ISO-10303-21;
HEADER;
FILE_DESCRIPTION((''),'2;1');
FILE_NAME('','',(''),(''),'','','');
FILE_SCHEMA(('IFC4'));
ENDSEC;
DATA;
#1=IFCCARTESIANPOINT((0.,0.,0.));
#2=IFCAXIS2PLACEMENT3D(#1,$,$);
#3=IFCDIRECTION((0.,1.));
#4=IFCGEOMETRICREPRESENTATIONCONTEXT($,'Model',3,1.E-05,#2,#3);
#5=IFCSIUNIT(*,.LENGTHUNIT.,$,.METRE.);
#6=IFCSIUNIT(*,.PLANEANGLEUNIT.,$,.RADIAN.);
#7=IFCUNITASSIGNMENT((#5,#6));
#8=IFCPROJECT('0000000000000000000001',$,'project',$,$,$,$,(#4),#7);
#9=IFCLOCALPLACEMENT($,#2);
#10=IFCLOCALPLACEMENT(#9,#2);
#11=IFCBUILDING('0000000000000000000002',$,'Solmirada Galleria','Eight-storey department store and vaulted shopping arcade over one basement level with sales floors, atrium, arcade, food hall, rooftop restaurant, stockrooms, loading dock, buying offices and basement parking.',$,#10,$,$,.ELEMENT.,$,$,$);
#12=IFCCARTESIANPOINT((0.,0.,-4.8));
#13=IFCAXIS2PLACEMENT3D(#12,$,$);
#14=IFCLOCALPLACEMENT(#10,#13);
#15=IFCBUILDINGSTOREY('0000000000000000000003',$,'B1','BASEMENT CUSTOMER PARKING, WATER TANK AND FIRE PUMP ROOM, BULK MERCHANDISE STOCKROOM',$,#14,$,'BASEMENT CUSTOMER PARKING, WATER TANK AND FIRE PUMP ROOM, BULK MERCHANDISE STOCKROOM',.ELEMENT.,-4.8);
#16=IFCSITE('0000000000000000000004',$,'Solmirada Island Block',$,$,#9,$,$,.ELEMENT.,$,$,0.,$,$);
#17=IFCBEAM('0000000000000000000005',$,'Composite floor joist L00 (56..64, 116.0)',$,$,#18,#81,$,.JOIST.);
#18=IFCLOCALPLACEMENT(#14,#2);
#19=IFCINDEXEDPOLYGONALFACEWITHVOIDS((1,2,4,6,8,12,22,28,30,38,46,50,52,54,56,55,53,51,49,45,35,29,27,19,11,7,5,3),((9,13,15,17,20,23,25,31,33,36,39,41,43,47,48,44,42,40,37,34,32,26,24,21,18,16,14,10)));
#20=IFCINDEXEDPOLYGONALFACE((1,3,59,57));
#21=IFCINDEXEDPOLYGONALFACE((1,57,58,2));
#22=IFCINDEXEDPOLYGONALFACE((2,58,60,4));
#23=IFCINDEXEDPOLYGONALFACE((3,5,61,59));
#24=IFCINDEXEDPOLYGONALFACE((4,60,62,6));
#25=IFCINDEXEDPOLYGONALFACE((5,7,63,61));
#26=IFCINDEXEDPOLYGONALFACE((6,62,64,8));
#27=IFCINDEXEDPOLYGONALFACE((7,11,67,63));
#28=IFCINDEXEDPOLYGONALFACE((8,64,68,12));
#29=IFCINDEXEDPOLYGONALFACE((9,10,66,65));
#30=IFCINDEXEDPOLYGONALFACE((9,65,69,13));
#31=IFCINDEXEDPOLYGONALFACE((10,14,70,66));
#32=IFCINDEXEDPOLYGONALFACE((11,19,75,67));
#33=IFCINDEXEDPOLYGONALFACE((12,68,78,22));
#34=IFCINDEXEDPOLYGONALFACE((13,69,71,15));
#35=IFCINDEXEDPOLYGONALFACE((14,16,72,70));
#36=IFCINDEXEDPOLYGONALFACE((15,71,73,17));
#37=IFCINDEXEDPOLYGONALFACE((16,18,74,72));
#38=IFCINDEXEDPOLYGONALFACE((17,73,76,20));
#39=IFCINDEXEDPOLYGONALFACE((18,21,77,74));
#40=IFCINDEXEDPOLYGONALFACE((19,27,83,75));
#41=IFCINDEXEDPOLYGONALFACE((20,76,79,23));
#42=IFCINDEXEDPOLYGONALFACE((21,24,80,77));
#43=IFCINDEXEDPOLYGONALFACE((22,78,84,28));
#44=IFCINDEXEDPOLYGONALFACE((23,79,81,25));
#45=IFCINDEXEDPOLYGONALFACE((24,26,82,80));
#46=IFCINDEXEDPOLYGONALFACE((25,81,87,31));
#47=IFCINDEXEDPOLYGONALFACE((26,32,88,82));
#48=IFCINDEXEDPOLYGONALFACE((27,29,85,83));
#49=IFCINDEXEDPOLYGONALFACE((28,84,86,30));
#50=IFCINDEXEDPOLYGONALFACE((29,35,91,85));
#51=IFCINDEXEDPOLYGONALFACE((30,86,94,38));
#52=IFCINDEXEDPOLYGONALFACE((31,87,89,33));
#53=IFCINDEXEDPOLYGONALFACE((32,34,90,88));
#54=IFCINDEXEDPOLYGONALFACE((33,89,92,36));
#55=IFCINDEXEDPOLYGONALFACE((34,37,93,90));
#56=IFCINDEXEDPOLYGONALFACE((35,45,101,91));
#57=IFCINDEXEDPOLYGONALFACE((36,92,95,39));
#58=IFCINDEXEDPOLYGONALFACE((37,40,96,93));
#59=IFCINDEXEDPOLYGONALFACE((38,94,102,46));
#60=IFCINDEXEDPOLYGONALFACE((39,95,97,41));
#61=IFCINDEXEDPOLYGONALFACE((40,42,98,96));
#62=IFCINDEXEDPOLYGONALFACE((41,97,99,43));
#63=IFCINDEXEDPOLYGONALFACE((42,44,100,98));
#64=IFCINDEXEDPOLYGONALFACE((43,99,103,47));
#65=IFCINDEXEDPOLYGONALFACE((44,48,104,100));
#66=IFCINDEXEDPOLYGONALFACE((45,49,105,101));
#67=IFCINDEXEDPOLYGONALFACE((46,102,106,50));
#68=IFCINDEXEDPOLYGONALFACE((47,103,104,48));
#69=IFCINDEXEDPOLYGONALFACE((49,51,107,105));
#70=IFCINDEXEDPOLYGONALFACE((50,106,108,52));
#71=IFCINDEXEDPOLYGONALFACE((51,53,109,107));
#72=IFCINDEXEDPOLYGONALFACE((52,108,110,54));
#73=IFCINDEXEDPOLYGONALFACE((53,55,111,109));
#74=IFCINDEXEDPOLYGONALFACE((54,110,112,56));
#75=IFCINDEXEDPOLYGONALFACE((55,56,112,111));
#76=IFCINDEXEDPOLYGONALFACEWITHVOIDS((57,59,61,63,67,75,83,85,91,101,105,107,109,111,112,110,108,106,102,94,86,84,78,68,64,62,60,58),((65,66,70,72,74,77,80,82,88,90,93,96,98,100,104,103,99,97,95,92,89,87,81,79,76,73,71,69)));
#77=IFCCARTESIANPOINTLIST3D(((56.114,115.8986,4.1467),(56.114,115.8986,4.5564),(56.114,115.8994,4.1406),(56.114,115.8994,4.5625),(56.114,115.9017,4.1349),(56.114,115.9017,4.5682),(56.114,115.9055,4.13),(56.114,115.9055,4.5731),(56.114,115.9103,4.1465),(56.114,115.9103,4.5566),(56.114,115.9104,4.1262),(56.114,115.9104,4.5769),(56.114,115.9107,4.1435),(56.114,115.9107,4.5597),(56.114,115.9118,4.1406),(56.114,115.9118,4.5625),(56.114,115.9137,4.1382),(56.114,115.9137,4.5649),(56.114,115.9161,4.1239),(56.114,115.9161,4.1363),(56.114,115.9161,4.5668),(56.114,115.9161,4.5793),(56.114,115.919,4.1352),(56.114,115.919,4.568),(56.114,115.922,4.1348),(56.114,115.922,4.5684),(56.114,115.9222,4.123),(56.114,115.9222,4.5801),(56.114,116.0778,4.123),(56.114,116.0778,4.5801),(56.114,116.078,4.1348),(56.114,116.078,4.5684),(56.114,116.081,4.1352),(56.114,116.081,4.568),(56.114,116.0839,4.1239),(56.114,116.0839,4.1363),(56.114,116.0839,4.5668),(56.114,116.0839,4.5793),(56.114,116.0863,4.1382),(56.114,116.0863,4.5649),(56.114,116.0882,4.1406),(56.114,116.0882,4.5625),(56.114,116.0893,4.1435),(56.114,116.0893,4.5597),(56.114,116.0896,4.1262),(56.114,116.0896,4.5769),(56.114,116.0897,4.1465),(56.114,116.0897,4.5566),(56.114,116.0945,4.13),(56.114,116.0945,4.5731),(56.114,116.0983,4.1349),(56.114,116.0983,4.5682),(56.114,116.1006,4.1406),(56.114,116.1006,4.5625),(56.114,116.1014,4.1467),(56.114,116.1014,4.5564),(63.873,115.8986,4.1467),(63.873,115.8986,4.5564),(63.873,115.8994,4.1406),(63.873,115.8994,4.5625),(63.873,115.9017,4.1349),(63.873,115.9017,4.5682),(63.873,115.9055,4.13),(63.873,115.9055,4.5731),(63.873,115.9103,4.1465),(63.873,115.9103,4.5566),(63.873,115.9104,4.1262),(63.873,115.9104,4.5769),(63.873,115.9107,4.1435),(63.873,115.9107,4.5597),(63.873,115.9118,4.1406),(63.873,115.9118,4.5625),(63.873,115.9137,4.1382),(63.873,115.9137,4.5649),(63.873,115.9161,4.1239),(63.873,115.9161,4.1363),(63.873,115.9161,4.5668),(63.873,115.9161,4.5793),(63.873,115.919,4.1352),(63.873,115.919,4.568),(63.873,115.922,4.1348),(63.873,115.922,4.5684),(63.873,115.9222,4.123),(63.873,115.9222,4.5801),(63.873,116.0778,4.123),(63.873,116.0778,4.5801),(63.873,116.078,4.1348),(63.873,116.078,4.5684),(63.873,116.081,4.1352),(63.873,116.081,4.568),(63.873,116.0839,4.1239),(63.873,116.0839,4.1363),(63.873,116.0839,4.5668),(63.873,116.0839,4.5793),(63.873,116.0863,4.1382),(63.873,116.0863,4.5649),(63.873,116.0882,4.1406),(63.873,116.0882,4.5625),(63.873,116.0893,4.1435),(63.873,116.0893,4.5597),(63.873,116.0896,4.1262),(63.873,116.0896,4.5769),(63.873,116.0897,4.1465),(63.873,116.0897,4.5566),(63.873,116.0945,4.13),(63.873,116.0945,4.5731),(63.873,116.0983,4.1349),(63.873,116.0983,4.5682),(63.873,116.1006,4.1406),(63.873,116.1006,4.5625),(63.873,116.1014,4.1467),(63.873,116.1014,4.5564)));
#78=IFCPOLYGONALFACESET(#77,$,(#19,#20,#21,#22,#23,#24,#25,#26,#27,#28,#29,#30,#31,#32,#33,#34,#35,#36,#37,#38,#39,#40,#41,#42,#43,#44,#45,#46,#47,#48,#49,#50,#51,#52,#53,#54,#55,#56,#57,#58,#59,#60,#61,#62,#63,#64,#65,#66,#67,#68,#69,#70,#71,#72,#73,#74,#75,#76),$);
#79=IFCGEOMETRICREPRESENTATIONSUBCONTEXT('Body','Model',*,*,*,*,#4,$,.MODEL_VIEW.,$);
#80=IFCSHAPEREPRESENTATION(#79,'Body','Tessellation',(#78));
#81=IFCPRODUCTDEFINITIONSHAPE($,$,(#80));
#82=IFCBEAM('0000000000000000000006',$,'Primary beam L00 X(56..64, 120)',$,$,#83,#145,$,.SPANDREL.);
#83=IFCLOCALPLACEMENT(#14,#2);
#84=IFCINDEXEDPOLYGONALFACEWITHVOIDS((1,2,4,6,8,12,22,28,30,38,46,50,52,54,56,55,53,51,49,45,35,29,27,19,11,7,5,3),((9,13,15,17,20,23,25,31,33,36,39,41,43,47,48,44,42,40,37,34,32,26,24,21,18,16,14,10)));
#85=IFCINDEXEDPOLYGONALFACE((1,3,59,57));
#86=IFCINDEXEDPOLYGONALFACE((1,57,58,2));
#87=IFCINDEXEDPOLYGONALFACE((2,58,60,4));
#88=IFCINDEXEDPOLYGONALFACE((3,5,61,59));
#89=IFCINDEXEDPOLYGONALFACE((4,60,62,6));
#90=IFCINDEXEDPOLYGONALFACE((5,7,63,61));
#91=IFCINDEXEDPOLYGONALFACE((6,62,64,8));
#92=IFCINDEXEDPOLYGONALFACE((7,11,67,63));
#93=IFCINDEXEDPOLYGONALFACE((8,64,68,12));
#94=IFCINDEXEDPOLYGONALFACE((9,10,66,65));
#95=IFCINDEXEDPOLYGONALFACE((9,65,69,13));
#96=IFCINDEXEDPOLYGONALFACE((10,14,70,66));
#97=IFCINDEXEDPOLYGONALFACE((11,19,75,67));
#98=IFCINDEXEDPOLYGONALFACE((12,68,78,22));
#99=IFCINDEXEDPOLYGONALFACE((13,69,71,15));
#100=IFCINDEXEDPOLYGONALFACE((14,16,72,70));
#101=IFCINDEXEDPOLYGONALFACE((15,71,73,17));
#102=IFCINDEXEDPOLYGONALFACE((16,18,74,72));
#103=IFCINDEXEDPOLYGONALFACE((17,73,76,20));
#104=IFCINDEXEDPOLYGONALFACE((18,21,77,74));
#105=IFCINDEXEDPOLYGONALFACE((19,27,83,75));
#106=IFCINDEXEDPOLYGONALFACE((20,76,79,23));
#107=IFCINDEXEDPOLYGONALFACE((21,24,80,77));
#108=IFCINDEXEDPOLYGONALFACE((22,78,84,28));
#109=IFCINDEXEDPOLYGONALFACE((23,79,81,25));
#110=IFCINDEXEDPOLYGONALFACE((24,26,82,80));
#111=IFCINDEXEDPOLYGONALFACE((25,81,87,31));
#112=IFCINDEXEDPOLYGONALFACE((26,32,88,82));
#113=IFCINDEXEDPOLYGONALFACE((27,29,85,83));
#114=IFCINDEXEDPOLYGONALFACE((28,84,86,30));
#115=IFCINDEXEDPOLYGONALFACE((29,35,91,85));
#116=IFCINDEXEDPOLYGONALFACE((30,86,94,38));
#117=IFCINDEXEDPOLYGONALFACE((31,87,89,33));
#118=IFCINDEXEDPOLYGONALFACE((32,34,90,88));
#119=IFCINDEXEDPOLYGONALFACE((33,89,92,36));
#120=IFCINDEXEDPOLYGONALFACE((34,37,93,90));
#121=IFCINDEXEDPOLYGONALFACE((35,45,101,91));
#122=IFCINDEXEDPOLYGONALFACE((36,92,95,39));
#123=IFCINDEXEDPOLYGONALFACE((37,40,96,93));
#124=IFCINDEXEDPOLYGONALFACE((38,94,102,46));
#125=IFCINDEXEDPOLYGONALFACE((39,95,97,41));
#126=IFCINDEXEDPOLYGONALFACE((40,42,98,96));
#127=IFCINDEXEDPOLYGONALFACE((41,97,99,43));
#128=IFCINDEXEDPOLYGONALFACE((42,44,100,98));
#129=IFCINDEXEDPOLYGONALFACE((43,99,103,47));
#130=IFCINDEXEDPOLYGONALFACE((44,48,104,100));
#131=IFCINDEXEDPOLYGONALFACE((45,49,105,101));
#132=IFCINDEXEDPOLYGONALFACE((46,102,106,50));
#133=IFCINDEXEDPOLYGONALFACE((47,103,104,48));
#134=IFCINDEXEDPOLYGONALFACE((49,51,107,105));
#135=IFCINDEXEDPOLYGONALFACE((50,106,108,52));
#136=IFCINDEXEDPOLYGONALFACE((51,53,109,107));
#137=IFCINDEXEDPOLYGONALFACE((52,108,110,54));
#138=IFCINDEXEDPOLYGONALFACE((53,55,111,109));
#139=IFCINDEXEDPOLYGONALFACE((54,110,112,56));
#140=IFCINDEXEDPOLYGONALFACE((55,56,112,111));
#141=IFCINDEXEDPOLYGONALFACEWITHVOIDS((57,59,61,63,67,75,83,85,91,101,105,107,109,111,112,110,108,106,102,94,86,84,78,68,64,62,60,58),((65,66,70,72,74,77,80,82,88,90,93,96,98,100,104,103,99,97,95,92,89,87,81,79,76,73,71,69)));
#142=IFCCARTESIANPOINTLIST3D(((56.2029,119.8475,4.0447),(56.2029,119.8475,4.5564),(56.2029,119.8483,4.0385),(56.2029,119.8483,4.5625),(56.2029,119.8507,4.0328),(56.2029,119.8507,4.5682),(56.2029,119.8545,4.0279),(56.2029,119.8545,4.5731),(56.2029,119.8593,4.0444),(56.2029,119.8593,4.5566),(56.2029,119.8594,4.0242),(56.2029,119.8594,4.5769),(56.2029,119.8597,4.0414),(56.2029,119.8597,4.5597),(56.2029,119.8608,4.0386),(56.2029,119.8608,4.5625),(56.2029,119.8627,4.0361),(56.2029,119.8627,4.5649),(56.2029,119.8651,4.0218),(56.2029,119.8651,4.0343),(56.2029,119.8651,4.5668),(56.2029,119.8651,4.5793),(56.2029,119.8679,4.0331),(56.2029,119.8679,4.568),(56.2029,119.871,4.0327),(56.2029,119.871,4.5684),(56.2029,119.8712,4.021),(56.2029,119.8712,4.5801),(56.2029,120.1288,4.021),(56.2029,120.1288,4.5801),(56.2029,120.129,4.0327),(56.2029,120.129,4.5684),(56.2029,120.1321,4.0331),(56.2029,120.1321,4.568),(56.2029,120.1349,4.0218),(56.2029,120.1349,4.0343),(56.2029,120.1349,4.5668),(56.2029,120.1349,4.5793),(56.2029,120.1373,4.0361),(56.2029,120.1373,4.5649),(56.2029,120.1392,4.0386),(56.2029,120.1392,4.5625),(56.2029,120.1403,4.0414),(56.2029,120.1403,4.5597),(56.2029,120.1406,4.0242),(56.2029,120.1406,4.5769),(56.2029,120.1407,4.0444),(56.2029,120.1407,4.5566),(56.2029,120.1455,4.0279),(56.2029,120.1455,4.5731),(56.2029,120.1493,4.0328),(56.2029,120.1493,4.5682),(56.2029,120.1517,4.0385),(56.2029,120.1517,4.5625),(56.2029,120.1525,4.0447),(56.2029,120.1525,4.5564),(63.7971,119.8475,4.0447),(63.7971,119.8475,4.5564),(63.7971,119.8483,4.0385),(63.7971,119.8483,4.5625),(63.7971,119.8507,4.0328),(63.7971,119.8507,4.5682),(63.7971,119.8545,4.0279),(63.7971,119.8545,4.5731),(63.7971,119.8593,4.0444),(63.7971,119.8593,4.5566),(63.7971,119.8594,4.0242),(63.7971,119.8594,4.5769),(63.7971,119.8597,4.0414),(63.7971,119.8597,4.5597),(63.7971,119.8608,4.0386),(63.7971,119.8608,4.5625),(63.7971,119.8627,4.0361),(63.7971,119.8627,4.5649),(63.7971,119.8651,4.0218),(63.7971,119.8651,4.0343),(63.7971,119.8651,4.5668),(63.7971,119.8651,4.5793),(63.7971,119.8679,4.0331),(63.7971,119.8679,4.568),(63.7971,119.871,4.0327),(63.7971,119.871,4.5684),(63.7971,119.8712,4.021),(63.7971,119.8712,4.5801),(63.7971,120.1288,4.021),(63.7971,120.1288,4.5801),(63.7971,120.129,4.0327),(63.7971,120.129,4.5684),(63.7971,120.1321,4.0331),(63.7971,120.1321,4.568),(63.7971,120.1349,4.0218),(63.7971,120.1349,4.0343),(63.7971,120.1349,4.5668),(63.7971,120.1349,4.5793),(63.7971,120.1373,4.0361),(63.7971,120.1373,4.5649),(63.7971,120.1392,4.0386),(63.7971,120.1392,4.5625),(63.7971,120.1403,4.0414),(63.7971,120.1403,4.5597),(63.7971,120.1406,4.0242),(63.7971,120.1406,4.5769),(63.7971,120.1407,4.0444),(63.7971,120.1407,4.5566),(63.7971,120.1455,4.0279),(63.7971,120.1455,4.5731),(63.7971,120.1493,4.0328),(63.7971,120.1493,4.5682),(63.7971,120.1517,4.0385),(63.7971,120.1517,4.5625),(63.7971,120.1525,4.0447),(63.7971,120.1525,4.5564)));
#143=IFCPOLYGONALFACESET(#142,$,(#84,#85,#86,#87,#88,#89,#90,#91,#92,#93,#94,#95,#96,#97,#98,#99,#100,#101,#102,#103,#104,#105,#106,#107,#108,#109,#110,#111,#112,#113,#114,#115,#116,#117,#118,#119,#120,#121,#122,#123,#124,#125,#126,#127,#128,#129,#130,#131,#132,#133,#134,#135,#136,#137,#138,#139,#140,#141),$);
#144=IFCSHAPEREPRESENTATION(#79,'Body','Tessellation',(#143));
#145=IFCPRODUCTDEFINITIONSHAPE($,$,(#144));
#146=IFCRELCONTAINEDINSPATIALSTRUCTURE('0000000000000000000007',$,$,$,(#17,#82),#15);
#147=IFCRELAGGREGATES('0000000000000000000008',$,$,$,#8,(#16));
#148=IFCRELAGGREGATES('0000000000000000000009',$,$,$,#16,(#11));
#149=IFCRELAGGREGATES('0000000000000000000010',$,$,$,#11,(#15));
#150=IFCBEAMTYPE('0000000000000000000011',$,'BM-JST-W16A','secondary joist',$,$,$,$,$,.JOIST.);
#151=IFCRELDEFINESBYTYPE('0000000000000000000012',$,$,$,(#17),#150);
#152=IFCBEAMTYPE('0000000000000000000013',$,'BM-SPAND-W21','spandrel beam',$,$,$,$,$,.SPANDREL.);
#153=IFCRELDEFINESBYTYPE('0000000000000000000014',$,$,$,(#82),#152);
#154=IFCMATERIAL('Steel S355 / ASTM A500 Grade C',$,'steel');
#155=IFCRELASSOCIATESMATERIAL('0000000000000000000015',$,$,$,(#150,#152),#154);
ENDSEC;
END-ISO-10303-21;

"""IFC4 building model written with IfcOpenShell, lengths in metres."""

from ifc_helpers import new_model, si_unit, direction, frame, origin, origin_2d, place, context, subcontext, project, spatial, hollow_rectangle, extrude, material, material_profile, profile_set, type_object, element, save


model = new_model("IFC4")

# Units and contexts
model_context = context("Model", 3, precision=1e-05, world=origin(), true_north=direction((0.0, 1.0)))
body_context = subcontext(model_context, "Body", "Model", "MODEL_VIEW")
ifc_project = project(units=[si_unit("LENGTHUNIT", "METRE"), si_unit("PLANEANGLEUNIT", "RADIAN")], contexts=[model_context])

# Site, building, storey
site_placement = place(None, origin())
site = spatial("IfcSite", under=ifc_project, at=site_placement, Name="Solmirada Island Block", CompositionType="ELEMENT", RefElevation=0.0)
building_placement = place(site_placement, origin())
building = spatial("IfcBuilding", under=site, at=building_placement, Name="Solmirada Galleria", Description="Eight-storey department store and vaulted shopping arcade over one basement level with sales floors, atrium, arcade, food hall, rooftop restaurant, stockrooms, loading dock, buying offices and basement parking.", CompositionType="ELEMENT")
storey_placement = place(building_placement, frame((0.0, 0.0, -4.8)))
storey = spatial("IfcBuildingStorey", under=building, at=storey_placement, Name="B1", Description="BASEMENT CUSTOMER PARKING, WATER TANK AND FIRE PUMP ROOM, BULK MERCHANDISE STOCKROOM", LongName="BASEMENT CUSTOMER PARKING, WATER TANK AND FIRE PUMP ROOM, BULK MERCHANDISE STOCKROOM", CompositionType="ELEMENT", Elevation=-4.8)

# Shared definitions
ifc_material_1 = material(Name="Steel S355 / ASTM A500 Grade C", Category="steel")

# Beams
ifc_material_profile_1 = material_profile(ifc_material_1, hollow_rectangle(XDim=0.2029, YDim=0.457, WallThickness=0.0117, InnerFilletRadius=0.0117, OuterFilletRadius=0.0237, at=origin_2d()), Name="HSS18X8X1/2")
ifc_profile_set_1 = profile_set([ifc_material_profile_1], Name="Steel S355 / ASTM A500 Grade C")
beam_type_1 = type_object("IfcBeamType", Name="BM-JST-W16A", Description="secondary joist", PredefinedType="JOIST", material=ifc_profile_set_1)
beam_1_placement = place(storey_placement, frame((56.114, 116.0, 4.3516), z_axis=(1.0, 0.0, 0.0), x_axis=(0.0, 1.0, 0.0)))
element("IfcBeam", 1, at=beam_1_placement, inside=storey, type_object=beam_type_1, Name="Composite floor joist L00 (56..64, 116.0)", PredefinedType="JOIST", context=body_context, shape_type="SweptSolid", body=[
    extrude(hollow_rectangle(XDim=0.2029, YDim=0.457, WallThickness=0.0117, InnerFilletRadius=0.0117, OuterFilletRadius=0.0237, at=origin_2d()), origin(), (0.0, 0.0, 1.0), 7.759),
])
ifc_material_profile_2 = material_profile(ifc_material_1, hollow_rectangle(XDim=0.3049, YDim=0.5591, WallThickness=0.0117, InnerFilletRadius=0.0117, OuterFilletRadius=0.0237, at=origin_2d()), Name="HSS22X12X1/2")
ifc_profile_set_2 = profile_set([ifc_material_profile_2], Name="Steel S355 / ASTM A500 Grade C")
beam_type_2 = type_object("IfcBeamType", Name="BM-SPAND-W21", Description="spandrel beam", PredefinedType="SPANDREL", material=ifc_profile_set_2)
beam_2_placement = place(storey_placement, frame((56.2029, 120.0, 4.3005), z_axis=(1.0, 0.0, 0.0), x_axis=(0.0, 1.0, 0.0)))
element("IfcBeam", 2, at=beam_2_placement, inside=storey, type_object=beam_type_2, Name="Primary beam L00 X(56..64, 120)", PredefinedType="SPANDREL", context=body_context, shape_type="SweptSolid", body=[
    extrude(hollow_rectangle(XDim=0.3049, YDim=0.5591, WallThickness=0.0117, InnerFilletRadius=0.0117, OuterFilletRadius=0.0237, at=origin_2d()), origin(), (0.0, 0.0, 1.0), 7.5942),
])

save(model, "model.ifc")
